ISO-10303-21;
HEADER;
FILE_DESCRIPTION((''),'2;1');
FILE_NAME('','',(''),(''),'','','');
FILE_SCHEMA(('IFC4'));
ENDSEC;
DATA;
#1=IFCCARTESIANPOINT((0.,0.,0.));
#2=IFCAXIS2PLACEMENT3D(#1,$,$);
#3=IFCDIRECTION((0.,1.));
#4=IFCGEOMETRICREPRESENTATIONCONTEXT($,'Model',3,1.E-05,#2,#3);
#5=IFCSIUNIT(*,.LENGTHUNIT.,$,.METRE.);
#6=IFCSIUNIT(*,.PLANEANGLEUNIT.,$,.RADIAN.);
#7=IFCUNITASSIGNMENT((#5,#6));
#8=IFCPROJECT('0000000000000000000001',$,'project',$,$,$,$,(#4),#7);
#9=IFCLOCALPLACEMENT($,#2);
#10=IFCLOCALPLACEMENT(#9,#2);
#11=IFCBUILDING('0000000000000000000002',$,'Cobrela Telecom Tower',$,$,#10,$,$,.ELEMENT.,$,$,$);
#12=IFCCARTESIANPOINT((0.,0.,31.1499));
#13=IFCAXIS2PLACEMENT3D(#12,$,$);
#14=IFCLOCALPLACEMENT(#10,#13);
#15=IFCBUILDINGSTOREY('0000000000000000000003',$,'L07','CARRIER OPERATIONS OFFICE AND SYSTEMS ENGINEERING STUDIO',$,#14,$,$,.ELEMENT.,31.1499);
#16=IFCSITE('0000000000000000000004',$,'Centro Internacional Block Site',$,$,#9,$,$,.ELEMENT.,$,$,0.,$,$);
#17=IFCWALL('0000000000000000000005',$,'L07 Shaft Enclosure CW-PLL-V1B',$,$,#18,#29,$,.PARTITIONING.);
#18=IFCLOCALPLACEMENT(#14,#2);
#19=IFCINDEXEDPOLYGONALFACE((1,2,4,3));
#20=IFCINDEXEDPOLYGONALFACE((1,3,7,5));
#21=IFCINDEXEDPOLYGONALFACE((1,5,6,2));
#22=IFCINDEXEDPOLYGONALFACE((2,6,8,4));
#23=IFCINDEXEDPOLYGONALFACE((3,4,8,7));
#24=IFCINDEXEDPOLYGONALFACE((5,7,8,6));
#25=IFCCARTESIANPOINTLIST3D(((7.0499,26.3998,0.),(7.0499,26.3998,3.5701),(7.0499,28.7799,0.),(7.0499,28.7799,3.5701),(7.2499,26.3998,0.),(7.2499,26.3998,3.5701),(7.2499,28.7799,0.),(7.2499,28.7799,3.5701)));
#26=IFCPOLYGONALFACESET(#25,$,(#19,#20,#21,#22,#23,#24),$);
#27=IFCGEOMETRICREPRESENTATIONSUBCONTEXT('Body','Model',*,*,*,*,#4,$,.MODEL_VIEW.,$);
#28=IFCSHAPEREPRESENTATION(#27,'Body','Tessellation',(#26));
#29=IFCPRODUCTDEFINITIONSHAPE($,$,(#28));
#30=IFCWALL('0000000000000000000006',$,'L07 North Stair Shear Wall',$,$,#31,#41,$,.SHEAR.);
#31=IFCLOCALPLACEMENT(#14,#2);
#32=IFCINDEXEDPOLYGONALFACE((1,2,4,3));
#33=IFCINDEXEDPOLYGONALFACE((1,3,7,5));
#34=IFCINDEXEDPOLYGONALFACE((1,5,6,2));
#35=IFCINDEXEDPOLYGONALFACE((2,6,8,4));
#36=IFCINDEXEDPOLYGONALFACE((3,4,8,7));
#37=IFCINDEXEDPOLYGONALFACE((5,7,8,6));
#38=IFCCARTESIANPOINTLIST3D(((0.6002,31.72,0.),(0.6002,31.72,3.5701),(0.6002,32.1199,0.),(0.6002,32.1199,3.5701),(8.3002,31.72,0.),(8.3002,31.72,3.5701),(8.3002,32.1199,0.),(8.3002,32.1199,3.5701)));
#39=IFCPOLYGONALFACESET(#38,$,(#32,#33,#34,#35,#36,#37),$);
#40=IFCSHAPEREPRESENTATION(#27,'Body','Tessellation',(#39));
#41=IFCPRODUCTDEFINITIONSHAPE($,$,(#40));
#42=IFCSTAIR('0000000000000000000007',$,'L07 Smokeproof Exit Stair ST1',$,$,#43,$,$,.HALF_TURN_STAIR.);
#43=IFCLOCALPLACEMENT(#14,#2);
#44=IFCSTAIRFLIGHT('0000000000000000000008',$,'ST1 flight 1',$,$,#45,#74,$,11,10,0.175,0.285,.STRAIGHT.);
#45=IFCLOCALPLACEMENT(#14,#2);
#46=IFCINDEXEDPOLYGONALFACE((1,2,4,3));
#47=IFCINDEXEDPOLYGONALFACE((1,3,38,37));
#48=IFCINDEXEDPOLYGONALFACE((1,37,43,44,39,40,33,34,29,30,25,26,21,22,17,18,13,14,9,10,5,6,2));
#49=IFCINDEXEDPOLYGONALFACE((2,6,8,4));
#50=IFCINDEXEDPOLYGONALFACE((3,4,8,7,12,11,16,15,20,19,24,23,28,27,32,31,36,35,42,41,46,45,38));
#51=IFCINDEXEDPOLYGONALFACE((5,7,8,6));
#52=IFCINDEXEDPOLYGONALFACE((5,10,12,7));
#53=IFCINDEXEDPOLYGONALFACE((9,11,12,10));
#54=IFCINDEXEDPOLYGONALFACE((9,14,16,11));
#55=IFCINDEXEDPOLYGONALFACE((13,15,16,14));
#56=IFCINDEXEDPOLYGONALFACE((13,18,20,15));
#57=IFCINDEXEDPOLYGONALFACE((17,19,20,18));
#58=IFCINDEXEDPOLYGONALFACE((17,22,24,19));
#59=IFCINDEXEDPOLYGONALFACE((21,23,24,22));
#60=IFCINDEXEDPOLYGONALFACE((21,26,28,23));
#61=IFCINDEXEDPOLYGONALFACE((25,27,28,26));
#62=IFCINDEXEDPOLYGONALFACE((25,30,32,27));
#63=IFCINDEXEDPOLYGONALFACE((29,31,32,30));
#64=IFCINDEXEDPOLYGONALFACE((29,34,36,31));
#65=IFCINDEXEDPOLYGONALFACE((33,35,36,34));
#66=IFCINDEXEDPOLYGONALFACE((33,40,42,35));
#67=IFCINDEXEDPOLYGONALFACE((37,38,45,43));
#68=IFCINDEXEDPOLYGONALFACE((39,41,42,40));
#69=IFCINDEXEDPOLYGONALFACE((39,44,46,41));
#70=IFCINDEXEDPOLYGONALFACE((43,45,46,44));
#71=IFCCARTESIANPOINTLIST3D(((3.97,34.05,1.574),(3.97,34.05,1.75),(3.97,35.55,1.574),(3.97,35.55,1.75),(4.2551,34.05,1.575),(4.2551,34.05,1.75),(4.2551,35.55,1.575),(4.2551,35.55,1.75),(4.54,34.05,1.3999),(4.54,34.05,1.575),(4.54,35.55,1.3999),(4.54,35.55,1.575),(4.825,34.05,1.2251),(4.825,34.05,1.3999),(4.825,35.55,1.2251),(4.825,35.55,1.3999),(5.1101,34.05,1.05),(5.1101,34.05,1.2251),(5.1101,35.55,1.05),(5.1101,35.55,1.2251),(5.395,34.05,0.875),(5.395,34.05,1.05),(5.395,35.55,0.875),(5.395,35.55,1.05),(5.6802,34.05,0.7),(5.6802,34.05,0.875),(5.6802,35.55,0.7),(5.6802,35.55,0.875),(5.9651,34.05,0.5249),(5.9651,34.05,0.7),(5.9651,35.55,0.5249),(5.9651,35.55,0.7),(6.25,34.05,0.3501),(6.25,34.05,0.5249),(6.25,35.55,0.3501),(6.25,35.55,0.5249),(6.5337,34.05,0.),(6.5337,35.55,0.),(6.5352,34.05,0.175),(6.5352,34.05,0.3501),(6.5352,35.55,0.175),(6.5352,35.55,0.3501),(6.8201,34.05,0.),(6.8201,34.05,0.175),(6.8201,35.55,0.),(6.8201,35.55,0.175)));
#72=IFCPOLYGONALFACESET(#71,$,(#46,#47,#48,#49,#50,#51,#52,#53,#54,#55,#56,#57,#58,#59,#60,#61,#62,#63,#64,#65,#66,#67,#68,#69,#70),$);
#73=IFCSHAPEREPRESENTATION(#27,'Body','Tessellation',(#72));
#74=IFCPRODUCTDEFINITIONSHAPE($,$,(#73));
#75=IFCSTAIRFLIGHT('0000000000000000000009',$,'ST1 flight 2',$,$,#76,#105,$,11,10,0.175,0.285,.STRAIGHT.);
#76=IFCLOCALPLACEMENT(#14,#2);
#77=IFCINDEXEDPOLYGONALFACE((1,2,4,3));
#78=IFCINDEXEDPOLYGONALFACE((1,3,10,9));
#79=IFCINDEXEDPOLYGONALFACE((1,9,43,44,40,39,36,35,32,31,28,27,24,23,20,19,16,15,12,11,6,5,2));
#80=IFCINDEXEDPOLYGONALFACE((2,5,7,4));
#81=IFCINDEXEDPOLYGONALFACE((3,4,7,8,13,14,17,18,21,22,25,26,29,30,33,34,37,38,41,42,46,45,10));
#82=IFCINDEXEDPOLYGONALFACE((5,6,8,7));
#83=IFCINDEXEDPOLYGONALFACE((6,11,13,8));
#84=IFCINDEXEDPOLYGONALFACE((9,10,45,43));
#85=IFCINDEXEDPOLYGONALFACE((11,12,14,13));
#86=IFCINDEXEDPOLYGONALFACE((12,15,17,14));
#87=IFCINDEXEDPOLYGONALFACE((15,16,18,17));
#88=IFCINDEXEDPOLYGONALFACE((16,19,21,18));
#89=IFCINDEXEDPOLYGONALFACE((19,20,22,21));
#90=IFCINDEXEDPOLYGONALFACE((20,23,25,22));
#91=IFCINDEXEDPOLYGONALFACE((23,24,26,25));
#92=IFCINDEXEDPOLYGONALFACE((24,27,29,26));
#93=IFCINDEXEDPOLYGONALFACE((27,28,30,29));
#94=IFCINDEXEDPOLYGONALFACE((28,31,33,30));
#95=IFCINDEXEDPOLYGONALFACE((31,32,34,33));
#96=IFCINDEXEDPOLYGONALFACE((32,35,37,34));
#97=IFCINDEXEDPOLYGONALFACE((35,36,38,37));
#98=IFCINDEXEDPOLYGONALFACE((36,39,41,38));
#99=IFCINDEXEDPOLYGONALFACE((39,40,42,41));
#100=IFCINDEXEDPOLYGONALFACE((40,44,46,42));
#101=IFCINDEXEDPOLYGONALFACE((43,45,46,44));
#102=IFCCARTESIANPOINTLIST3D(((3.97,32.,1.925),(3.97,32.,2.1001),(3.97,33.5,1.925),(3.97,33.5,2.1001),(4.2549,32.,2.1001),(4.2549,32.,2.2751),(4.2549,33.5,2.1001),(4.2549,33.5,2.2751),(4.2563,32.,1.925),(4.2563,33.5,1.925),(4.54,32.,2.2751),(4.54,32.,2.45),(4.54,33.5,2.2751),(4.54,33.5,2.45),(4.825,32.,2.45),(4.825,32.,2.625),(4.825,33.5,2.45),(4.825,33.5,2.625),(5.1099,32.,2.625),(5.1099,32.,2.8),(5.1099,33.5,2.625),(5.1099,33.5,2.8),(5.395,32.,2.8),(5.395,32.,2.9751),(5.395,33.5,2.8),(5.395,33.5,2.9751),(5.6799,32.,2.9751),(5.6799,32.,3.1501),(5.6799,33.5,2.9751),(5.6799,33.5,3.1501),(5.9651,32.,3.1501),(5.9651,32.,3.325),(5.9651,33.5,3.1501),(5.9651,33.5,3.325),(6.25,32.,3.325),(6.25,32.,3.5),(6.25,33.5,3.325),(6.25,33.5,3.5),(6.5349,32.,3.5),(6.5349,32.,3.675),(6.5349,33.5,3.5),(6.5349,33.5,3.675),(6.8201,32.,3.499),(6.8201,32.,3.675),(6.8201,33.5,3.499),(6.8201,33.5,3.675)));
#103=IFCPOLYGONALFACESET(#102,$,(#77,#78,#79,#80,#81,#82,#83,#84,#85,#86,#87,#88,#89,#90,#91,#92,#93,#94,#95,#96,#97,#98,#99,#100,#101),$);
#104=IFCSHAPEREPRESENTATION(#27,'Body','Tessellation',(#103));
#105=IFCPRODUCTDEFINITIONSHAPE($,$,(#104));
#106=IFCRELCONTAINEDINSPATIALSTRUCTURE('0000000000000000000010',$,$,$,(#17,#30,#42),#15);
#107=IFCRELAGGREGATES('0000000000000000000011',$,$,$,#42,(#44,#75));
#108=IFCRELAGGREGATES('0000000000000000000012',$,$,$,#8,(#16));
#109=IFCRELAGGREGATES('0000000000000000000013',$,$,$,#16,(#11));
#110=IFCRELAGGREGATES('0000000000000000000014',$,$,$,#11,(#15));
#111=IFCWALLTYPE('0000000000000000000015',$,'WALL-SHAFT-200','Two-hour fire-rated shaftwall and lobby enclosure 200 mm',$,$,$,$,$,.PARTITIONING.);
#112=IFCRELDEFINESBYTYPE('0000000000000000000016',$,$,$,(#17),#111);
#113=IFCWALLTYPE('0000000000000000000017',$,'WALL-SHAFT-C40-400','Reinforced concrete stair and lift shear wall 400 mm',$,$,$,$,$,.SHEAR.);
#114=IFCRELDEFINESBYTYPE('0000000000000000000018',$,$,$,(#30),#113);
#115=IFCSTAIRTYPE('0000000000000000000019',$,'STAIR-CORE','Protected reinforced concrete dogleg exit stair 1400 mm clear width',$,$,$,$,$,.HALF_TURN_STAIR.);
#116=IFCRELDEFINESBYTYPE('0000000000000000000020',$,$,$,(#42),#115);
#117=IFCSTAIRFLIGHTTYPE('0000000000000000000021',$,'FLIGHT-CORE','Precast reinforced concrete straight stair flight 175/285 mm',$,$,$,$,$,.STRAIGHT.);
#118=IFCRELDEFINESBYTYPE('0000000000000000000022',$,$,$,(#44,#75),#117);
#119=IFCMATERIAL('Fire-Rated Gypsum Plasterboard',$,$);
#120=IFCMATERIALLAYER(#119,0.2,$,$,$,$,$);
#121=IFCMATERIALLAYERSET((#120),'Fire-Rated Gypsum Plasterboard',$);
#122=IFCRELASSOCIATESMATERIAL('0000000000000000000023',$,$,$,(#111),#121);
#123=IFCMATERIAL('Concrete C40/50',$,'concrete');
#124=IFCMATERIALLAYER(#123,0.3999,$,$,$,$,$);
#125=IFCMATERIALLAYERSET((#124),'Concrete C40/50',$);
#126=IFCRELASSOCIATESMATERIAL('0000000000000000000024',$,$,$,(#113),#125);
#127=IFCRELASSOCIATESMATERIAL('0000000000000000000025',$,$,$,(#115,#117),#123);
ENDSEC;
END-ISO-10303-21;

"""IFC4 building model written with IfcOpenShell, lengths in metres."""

from ifc_helpers import new_model, si_unit, direction, frame, frame_2d, origin, place, context, subcontext, project, spatial, polyline, rectangle, outline, extrude, material, layer, layer_set, type_object, element, aggregate, save


model = new_model("IFC4")

# Units and contexts
model_context = context("Model", 3, precision=1e-05, world=origin(), true_north=direction((0.0, 1.0)))
body_context = subcontext(model_context, "Body", "Model", "MODEL_VIEW")
ifc_project = project(units=[si_unit("LENGTHUNIT", "METRE"), si_unit("PLANEANGLEUNIT", "RADIAN")], contexts=[model_context])

# Site, building, storey
site_placement = place(None, origin())
site = spatial("IfcSite", under=ifc_project, at=site_placement, Name="Centro Internacional Block Site", CompositionType="ELEMENT", RefElevation=0.0)
building_placement = place(site_placement, origin())
building = spatial("IfcBuilding", under=site, at=building_placement, Name="Cobrela Telecom Tower", CompositionType="ELEMENT")
storey_placement = place(building_placement, frame((0.0, 0.0, 31.1499)))
storey = spatial("IfcBuildingStorey", under=building, at=storey_placement, Name="L07", Description="CARRIER OPERATIONS OFFICE AND SYSTEMS ENGINEERING STUDIO", CompositionType="ELEMENT", Elevation=31.1499)

# Shared definitions
ifc_material_1 = material(Name="Fire-Rated Gypsum Plasterboard")
ifc_layer_1 = layer(ifc_material_1, 0.2)
ifc_layer_set_1 = layer_set([ifc_layer_1], Name="Fire-Rated Gypsum Plasterboard")
wall_type_1 = type_object("IfcWallType", Name="WALL-SHAFT-200", Description="Two-hour fire-rated shaftwall and lobby enclosure 200 mm", PredefinedType="PARTITIONING", material=ifc_layer_set_1)

# Walls
wall_1_placement = place(storey_placement, frame((7.1499, 26.3999, 0.0), z_axis=(0.0, 0.0, 1.0), x_axis=(0.0, 1.0, 0.0)))
element("IfcWall", 1, at=wall_1_placement, inside=storey, type_object=wall_type_1, Name="L07 Shaft Enclosure CW-PLL-V1B", PredefinedType="PARTITIONING", context=body_context, shape_type="SweptSolid", body=[
    extrude(rectangle(XDim=2.3801, YDim=0.2, at=frame_2d((1.1899, 0.0))), origin(), (0.0, 0.0, 1.0), 3.5701),
])
ifc_material_2 = material(Name="Concrete C40/50", Category="concrete")
ifc_layer_2 = layer(ifc_material_2, 0.3999)
ifc_layer_set_2 = layer_set([ifc_layer_2], Name="Concrete C40/50")
wall_type_2 = type_object("IfcWallType", Name="WALL-SHAFT-C40-400", Description="Reinforced concrete stair and lift shear wall 400 mm", PredefinedType="SHEAR", material=ifc_layer_set_2)
wall_2_placement = place(storey_placement, frame((0.6001, 31.9199, 0.0), z_axis=(0.0, 0.0, 1.0), x_axis=(1.0, 0.0, 0.0)))
element("IfcWall", 2, at=wall_2_placement, inside=storey, type_object=wall_type_2, Name="L07 North Stair Shear Wall", PredefinedType="SHEAR", context=body_context, shape_type="SweptSolid", body=[
    extrude(rectangle(XDim=7.7, YDim=0.3999, at=frame_2d((3.8501, 0.0))), origin(), (0.0, 0.0, 1.0), 3.5701),
])

# Stair, stair flights
stair_type = type_object("IfcStairType", Name="STAIR-CORE", Description="Protected reinforced concrete dogleg exit stair 1400 mm clear width", PredefinedType="HALF_TURN_STAIR", material=ifc_material_2)
stair_placement = place(storey_placement, origin())
stair = element("IfcStair", 3, at=stair_placement, inside=storey, type_object=stair_type, Name="L07 Smokeproof Exit Stair ST1", PredefinedType="HALF_TURN_STAIR")
stair_flight_type = type_object("IfcStairFlightType", Name="FLIGHT-CORE", Description="Precast reinforced concrete straight stair flight 175/285 mm", PredefinedType="STRAIGHT", material=ifc_material_2)
stair_flight_1_placement = place(storey_placement, frame((6.8201, 34.8, 0.0), z_axis=(0.0, 0.0, 1.0), x_axis=(-1.0, 0.0, 0.0)))
stair_flight_1 = element("IfcStairFlight", 4, at=stair_flight_1_placement, type_object=stair_flight_type, Name="ST1 flight 1", NumberOfRisers=11, NumberOfTreads=10, PredefinedType="STRAIGHT", RiserHeight=0.175, TreadLength=0.285, context=body_context, shape_type="SweptSolid", body=[
    extrude(outline(polyline([(0.0, 0.0), (0.0, 0.175), (0.2849, 0.175), (0.2849, 0.3501), (0.5701, 0.3501), (0.5701, 0.5249), (0.855, 0.5249), (0.855, 0.7), (1.1399, 0.7), (1.1399, 0.875), (1.425, 0.875), (1.425, 1.05), (1.71, 1.05), (1.71, 1.2251), (1.9951, 1.2251), (1.9951, 1.3999), (2.28, 1.3999), (2.28, 1.575), (2.5649, 1.575), (2.5649, 1.75), (2.8501, 1.75), (2.8501, 1.925), (2.8501, 1.574), (0.2864, 0.0), (0.0, 0.0)])), frame((0.0, 0.75, 0.0), z_axis=(0.0, -1.0, 0.0), x_axis=(1.0, 0.0, 0.0)), (0.0, 0.0, 1.0), 1.5),
])
stair_flight_2_placement = place(storey_placement, frame((3.97, 32.75, 1.925), z_axis=(0.0, 0.0, 1.0), x_axis=(1.0, 0.0, 0.0)))
stair_flight_2 = element("IfcStairFlight", 5, at=stair_flight_2_placement, type_object=stair_flight_type, Name="ST1 flight 2", NumberOfRisers=11, NumberOfTreads=10, PredefinedType="STRAIGHT", RiserHeight=0.175, TreadLength=0.285, context=body_context, shape_type="SweptSolid", body=[
    extrude(outline(polyline([(0.0, 0.0), (0.0, 0.175), (0.2849, 0.175), (0.2849, 0.3501), (0.5701, 0.3501), (0.5701, 0.5249), (0.855, 0.5249), (0.855, 0.7), (1.1399, 0.7), (1.1399, 0.875), (1.425, 0.875), (1.425, 1.05), (1.71, 1.05), (1.71, 1.2251), (1.9951, 1.2251), (1.9951, 1.3999), (2.28, 1.3999), (2.28, 1.575), (2.5649, 1.575), (2.5649, 1.75), (2.8501, 1.75), (2.8501, 1.925), (2.8501, 1.574), (0.2864, 0.0), (0.0, 0.0)])), frame((0.0, 0.75, 0.0), z_axis=(0.0, -1.0, 0.0), x_axis=(1.0, 0.0, 0.0)), (0.0, 0.0, 1.0), 1.5),
])
aggregate(stair, [stair_flight_1, stair_flight_2])

save(model, "model.ifc")
